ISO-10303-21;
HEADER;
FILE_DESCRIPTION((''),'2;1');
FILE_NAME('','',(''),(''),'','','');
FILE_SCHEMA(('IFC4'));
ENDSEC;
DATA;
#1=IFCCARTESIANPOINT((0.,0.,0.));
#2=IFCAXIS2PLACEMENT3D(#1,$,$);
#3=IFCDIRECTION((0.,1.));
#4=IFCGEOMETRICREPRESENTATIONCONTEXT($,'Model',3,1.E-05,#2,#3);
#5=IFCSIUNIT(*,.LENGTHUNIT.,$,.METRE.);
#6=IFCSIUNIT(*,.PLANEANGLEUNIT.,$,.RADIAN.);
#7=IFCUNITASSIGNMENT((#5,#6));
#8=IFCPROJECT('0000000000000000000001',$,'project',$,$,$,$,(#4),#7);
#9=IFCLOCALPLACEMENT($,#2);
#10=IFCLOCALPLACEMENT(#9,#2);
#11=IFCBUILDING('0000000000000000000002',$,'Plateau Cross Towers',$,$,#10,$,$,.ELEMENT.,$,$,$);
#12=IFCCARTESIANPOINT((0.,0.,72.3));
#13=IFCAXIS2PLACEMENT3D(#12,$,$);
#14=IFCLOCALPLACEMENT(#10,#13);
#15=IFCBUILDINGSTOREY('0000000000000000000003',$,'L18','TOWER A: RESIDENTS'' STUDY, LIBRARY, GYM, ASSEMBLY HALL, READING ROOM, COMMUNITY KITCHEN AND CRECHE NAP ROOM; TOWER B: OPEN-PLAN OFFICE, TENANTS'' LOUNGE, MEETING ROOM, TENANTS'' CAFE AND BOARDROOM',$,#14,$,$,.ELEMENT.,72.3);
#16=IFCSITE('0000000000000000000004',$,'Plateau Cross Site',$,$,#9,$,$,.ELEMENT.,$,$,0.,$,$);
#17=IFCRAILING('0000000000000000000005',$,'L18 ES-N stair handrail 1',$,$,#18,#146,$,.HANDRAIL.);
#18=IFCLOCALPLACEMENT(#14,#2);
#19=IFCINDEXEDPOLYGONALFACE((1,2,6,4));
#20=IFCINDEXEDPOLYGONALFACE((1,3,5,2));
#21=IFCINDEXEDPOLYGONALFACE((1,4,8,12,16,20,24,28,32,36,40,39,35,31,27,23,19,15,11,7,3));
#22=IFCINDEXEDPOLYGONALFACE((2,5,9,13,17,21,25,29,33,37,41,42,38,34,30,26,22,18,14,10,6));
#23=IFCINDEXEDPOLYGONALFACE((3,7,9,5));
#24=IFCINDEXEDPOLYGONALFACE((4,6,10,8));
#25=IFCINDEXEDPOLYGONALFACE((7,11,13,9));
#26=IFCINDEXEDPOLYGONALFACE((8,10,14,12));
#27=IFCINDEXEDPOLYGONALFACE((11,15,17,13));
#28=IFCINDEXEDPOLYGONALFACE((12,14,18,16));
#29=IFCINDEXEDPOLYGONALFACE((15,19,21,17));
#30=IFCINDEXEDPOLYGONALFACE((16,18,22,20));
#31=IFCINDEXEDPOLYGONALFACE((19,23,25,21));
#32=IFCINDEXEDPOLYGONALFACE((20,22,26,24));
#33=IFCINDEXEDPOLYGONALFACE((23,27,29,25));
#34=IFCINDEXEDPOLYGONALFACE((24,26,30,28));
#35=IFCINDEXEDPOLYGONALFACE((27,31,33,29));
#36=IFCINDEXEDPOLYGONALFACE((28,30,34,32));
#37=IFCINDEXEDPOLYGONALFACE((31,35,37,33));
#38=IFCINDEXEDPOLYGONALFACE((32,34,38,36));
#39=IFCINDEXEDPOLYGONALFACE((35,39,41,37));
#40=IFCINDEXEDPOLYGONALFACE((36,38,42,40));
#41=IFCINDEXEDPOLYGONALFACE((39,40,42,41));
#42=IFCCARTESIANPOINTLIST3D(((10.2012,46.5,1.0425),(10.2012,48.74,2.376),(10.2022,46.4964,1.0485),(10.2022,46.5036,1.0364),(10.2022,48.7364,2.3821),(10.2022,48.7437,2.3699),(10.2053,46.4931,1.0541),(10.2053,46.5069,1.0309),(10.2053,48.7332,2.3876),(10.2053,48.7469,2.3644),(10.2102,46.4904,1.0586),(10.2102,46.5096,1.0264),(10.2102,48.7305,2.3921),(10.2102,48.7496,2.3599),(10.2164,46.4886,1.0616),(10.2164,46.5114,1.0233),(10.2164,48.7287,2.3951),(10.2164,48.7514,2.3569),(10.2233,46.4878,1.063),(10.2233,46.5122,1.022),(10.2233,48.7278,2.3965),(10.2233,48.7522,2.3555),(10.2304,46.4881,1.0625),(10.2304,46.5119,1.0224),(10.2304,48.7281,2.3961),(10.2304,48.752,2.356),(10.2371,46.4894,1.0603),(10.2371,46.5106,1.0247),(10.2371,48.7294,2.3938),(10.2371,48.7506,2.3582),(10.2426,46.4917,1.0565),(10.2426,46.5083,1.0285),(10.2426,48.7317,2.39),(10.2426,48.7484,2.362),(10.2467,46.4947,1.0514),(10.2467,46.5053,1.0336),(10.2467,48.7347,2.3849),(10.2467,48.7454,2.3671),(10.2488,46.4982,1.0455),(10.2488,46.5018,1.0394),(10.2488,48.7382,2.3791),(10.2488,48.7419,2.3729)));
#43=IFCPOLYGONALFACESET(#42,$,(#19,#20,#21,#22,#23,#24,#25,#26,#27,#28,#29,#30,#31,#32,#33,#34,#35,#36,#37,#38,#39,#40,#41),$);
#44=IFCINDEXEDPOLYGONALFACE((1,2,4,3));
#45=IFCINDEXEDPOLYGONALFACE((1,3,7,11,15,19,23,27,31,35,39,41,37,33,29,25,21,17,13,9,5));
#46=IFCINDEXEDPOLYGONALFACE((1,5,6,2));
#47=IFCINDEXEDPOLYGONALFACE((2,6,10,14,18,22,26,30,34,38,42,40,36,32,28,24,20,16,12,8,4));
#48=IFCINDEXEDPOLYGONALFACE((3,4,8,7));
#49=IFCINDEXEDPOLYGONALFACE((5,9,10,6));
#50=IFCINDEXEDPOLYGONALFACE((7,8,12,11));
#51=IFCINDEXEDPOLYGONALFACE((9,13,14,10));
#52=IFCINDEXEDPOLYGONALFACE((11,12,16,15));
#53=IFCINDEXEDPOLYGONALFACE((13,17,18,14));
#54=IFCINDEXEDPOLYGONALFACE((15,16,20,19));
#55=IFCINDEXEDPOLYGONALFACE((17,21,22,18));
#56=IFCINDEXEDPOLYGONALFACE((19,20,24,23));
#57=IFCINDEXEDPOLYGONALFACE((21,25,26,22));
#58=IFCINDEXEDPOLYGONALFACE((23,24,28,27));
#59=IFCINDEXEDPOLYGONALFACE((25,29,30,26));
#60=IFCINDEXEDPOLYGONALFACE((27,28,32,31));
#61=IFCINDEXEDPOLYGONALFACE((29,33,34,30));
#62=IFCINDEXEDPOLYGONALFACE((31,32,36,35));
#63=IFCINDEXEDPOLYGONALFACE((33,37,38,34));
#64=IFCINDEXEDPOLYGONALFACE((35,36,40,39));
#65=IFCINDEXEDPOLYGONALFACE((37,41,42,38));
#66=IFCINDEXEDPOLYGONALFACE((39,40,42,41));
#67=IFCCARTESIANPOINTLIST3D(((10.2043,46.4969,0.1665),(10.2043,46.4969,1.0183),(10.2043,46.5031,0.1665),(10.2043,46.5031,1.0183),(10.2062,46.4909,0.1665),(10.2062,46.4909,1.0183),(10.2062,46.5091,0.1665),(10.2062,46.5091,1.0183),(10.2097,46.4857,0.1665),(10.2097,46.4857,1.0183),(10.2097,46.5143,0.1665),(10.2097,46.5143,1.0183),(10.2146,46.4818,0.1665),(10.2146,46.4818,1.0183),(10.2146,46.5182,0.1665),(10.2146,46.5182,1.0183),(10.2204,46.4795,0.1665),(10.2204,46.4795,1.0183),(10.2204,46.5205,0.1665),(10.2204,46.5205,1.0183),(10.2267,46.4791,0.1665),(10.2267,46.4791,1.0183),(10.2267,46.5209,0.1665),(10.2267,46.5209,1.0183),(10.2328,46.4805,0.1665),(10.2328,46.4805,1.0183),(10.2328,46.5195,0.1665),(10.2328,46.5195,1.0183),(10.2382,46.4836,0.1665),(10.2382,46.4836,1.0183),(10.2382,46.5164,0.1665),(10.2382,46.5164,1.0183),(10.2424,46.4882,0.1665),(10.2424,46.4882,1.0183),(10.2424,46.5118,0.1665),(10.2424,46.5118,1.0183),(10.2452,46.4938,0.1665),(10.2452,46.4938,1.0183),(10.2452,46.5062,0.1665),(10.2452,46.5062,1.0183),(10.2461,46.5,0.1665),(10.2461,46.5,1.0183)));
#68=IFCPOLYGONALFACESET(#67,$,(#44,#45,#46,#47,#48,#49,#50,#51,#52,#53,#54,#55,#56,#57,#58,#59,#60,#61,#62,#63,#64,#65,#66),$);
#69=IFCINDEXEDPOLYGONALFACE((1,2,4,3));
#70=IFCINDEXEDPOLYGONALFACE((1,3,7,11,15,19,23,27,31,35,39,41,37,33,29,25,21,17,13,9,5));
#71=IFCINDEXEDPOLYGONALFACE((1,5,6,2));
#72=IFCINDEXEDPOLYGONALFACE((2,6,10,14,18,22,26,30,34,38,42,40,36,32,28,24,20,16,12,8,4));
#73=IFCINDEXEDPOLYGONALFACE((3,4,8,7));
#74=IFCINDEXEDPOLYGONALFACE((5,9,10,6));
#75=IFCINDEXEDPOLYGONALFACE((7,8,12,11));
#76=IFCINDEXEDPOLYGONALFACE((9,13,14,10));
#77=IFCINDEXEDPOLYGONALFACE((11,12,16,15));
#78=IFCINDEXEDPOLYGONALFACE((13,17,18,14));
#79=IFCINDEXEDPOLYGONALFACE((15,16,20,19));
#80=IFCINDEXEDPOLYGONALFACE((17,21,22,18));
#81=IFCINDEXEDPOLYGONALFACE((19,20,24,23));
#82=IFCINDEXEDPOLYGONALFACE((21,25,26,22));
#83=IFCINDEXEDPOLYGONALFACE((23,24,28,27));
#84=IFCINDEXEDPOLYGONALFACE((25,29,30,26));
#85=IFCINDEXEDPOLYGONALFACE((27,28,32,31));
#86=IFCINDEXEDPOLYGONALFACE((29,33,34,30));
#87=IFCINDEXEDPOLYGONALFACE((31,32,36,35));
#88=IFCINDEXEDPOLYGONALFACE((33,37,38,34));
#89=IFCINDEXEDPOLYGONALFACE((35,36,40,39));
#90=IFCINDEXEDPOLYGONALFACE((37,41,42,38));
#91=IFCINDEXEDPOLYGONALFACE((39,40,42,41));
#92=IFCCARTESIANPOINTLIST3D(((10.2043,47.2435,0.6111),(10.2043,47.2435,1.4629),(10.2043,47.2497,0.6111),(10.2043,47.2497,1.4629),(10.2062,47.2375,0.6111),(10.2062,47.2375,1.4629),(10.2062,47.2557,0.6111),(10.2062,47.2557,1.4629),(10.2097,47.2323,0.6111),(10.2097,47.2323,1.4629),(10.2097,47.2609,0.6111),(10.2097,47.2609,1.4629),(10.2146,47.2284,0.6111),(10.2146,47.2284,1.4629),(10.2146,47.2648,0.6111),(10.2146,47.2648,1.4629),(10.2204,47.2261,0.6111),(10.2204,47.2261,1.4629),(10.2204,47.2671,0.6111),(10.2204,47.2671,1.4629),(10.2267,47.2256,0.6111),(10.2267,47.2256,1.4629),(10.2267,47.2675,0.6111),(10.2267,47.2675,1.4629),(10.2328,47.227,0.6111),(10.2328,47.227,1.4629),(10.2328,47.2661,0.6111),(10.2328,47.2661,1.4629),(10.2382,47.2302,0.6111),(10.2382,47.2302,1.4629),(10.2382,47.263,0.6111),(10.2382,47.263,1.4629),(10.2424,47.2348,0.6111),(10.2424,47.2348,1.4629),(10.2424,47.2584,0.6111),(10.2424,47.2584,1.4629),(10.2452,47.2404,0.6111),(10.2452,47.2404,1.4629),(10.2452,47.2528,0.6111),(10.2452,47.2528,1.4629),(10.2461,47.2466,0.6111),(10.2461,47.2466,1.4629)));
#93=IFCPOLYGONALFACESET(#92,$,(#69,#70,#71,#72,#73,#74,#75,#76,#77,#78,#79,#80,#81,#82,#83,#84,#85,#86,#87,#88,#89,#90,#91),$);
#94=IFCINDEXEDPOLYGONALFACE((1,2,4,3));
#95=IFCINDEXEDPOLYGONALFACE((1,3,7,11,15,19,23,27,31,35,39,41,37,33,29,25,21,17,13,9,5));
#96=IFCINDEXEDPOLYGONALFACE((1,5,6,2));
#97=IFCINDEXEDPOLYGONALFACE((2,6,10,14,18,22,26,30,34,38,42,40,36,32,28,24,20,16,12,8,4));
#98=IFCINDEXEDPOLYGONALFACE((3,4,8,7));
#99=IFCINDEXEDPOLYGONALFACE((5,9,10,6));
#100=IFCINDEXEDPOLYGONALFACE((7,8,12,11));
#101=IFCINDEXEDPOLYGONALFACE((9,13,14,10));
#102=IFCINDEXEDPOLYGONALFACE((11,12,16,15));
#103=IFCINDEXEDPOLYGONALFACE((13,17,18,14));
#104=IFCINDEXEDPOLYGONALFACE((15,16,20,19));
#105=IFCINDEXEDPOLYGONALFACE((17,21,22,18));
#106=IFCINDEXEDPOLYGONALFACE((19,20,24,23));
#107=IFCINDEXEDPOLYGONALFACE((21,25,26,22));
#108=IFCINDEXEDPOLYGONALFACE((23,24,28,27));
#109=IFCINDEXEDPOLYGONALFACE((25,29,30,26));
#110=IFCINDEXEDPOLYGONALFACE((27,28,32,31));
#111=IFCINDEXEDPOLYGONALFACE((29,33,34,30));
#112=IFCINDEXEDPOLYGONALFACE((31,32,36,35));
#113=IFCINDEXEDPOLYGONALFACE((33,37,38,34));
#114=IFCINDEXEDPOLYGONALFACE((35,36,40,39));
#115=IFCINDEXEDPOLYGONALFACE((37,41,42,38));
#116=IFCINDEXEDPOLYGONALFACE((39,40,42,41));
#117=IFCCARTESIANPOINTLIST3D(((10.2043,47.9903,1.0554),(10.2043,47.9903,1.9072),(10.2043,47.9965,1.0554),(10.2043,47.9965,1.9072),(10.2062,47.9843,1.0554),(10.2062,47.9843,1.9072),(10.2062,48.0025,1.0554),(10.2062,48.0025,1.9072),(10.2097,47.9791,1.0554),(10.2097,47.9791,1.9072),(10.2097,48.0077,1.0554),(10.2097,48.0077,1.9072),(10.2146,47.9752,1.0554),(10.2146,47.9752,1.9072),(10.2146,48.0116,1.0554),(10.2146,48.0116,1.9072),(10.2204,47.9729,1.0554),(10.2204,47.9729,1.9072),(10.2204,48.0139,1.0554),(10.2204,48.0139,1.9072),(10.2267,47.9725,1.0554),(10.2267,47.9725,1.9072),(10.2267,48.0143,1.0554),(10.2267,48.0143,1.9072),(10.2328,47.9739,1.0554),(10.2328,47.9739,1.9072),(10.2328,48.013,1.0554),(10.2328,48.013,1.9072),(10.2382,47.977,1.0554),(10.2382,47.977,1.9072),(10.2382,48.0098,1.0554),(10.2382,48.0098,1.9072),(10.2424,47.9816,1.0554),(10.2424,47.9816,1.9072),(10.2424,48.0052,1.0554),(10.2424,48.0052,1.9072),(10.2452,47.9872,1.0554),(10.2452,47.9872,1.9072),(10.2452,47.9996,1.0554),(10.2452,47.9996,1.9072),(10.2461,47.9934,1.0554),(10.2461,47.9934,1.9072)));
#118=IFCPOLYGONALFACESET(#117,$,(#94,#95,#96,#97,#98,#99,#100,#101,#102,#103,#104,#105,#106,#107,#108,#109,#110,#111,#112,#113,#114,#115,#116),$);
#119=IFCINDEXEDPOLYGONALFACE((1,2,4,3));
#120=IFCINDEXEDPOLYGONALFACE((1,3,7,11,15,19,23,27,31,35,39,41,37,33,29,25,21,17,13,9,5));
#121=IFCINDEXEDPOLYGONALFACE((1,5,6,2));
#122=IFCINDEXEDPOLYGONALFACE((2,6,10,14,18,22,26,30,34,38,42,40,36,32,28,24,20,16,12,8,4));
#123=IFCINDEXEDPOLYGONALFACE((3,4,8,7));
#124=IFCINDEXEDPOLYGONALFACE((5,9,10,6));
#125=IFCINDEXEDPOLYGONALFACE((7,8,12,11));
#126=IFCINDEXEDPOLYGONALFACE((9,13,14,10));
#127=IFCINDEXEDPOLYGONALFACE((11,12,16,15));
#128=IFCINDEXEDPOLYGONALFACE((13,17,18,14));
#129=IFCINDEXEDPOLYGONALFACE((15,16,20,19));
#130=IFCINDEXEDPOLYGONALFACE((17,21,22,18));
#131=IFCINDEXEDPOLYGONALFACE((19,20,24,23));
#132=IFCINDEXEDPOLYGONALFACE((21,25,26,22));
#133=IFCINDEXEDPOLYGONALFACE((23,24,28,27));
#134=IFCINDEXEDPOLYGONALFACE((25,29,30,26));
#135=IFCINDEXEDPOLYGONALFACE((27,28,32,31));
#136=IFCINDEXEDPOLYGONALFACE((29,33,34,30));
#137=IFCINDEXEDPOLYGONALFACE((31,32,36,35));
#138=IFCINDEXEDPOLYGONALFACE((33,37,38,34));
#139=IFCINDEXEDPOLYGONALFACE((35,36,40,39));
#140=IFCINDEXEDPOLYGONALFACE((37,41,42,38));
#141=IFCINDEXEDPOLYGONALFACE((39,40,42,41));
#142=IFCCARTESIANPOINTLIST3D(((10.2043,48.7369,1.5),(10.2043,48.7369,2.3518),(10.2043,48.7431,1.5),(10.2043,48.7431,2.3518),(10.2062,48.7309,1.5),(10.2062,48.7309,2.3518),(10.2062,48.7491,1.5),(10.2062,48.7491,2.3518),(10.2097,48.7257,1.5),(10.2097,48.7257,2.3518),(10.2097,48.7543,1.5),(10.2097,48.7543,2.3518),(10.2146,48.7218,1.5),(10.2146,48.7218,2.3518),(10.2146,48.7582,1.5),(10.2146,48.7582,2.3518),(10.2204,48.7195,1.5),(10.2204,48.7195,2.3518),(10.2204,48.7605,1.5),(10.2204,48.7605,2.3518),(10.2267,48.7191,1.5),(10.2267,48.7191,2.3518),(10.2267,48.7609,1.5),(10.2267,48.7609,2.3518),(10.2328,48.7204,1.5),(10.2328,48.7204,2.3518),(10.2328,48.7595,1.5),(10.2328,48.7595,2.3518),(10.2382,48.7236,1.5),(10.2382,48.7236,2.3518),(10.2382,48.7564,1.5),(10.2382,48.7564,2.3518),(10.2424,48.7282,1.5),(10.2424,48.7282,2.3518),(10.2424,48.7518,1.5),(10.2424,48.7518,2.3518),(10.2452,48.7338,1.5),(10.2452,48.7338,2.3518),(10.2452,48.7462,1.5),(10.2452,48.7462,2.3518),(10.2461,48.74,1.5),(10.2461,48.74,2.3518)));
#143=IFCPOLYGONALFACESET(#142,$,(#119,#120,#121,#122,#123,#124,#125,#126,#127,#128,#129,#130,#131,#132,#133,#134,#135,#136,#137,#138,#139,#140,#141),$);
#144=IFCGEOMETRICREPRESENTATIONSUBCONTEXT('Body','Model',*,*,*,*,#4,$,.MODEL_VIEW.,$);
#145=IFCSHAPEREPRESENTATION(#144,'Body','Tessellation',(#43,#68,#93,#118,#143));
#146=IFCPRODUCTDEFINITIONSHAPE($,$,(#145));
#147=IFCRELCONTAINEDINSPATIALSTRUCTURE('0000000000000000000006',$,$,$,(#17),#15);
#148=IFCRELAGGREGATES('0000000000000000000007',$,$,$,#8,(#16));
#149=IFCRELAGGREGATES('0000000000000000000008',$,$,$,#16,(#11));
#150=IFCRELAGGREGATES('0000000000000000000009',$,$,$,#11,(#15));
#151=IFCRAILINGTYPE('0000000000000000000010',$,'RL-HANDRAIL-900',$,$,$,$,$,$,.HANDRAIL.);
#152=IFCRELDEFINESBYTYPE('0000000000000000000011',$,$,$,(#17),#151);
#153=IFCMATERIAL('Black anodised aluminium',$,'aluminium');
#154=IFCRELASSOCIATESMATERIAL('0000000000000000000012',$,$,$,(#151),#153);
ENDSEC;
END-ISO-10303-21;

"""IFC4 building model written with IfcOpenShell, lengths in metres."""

from ifc_helpers import new_model, si_unit, direction, frame, origin, origin_2d, place, context, subcontext, project, spatial, circle, extrude, material, type_object, element, save


model = new_model("IFC4")

# Units and contexts
model_context = context("Model", 3, precision=1e-05, world=origin(), true_north=direction((0.0, 1.0)))
body_context = subcontext(model_context, "Body", "Model", "MODEL_VIEW")
ifc_project = project(units=[si_unit("LENGTHUNIT", "METRE"), si_unit("PLANEANGLEUNIT", "RADIAN")], contexts=[model_context])

# Site, building, storey
site_placement = place(None, origin())
site = spatial("IfcSite", under=ifc_project, at=site_placement, Name="Plateau Cross Site", CompositionType="ELEMENT", RefElevation=0.0)
building_placement = place(site_placement, origin())
building = spatial("IfcBuilding", under=site, at=building_placement, Name="Plateau Cross Towers", CompositionType="ELEMENT")
storey_placement = place(building_placement, frame((0.0, 0.0, 72.3)))
storey = spatial("IfcBuildingStorey", under=building, at=storey_placement, Name="L18", Description="TOWER A: RESIDENTS' STUDY, LIBRARY, GYM, ASSEMBLY HALL, READING ROOM, COMMUNITY KITCHEN AND CRECHE NAP ROOM; TOWER B: OPEN-PLAN OFFICE, TENANTS' LOUNGE, MEETING ROOM, TENANTS' CAFE AND BOARDROOM", CompositionType="ELEMENT", Elevation=72.3)

# Shared definitions
ifc_material_1 = material(Name="Black anodised aluminium", Category="aluminium")

# Railing
railing_type_1 = type_object("IfcRailingType", Name="RL-HANDRAIL-900", PredefinedType="HANDRAIL", material=ifc_material_1)
railing_1_placement = place(storey_placement, frame((10.2251, 46.5, 0.1665)))
element("IfcRailing", 1, at=railing_1_placement, inside=storey, type_object=railing_type_1, Name="L18 ES-N stair handrail 1", PredefinedType="HANDRAIL", context=body_context, shape_type="SweptSolid", body=[
    extrude(circle(Radius=0.0239, at=origin_2d()), frame((0.0, 0.0, 0.876), z_axis=(0.0, 0.859264, 0.511532), x_axis=(-1.0, 0.0, 0.0)), (0.0, 0.0, 1.0), 2.6069),
    extrude(circle(Radius=0.021, at=origin_2d()), origin(), (0.0, 0.0, 1.0), 0.8518),
    extrude(circle(Radius=0.021, at=origin_2d()), frame((0.0, 0.7466, 0.4446)), (0.0, 0.0, 1.0), 0.8518),
    extrude(circle(Radius=0.021, at=origin_2d()), frame((0.0, 1.4934, 0.8889)), (0.0, 0.0, 1.0), 0.8518),
    extrude(circle(Radius=0.021, at=origin_2d()), frame((0.0, 2.24, 1.3335)), (0.0, 0.0, 1.0), 0.8518),
])

save(model, "model.ifc")
